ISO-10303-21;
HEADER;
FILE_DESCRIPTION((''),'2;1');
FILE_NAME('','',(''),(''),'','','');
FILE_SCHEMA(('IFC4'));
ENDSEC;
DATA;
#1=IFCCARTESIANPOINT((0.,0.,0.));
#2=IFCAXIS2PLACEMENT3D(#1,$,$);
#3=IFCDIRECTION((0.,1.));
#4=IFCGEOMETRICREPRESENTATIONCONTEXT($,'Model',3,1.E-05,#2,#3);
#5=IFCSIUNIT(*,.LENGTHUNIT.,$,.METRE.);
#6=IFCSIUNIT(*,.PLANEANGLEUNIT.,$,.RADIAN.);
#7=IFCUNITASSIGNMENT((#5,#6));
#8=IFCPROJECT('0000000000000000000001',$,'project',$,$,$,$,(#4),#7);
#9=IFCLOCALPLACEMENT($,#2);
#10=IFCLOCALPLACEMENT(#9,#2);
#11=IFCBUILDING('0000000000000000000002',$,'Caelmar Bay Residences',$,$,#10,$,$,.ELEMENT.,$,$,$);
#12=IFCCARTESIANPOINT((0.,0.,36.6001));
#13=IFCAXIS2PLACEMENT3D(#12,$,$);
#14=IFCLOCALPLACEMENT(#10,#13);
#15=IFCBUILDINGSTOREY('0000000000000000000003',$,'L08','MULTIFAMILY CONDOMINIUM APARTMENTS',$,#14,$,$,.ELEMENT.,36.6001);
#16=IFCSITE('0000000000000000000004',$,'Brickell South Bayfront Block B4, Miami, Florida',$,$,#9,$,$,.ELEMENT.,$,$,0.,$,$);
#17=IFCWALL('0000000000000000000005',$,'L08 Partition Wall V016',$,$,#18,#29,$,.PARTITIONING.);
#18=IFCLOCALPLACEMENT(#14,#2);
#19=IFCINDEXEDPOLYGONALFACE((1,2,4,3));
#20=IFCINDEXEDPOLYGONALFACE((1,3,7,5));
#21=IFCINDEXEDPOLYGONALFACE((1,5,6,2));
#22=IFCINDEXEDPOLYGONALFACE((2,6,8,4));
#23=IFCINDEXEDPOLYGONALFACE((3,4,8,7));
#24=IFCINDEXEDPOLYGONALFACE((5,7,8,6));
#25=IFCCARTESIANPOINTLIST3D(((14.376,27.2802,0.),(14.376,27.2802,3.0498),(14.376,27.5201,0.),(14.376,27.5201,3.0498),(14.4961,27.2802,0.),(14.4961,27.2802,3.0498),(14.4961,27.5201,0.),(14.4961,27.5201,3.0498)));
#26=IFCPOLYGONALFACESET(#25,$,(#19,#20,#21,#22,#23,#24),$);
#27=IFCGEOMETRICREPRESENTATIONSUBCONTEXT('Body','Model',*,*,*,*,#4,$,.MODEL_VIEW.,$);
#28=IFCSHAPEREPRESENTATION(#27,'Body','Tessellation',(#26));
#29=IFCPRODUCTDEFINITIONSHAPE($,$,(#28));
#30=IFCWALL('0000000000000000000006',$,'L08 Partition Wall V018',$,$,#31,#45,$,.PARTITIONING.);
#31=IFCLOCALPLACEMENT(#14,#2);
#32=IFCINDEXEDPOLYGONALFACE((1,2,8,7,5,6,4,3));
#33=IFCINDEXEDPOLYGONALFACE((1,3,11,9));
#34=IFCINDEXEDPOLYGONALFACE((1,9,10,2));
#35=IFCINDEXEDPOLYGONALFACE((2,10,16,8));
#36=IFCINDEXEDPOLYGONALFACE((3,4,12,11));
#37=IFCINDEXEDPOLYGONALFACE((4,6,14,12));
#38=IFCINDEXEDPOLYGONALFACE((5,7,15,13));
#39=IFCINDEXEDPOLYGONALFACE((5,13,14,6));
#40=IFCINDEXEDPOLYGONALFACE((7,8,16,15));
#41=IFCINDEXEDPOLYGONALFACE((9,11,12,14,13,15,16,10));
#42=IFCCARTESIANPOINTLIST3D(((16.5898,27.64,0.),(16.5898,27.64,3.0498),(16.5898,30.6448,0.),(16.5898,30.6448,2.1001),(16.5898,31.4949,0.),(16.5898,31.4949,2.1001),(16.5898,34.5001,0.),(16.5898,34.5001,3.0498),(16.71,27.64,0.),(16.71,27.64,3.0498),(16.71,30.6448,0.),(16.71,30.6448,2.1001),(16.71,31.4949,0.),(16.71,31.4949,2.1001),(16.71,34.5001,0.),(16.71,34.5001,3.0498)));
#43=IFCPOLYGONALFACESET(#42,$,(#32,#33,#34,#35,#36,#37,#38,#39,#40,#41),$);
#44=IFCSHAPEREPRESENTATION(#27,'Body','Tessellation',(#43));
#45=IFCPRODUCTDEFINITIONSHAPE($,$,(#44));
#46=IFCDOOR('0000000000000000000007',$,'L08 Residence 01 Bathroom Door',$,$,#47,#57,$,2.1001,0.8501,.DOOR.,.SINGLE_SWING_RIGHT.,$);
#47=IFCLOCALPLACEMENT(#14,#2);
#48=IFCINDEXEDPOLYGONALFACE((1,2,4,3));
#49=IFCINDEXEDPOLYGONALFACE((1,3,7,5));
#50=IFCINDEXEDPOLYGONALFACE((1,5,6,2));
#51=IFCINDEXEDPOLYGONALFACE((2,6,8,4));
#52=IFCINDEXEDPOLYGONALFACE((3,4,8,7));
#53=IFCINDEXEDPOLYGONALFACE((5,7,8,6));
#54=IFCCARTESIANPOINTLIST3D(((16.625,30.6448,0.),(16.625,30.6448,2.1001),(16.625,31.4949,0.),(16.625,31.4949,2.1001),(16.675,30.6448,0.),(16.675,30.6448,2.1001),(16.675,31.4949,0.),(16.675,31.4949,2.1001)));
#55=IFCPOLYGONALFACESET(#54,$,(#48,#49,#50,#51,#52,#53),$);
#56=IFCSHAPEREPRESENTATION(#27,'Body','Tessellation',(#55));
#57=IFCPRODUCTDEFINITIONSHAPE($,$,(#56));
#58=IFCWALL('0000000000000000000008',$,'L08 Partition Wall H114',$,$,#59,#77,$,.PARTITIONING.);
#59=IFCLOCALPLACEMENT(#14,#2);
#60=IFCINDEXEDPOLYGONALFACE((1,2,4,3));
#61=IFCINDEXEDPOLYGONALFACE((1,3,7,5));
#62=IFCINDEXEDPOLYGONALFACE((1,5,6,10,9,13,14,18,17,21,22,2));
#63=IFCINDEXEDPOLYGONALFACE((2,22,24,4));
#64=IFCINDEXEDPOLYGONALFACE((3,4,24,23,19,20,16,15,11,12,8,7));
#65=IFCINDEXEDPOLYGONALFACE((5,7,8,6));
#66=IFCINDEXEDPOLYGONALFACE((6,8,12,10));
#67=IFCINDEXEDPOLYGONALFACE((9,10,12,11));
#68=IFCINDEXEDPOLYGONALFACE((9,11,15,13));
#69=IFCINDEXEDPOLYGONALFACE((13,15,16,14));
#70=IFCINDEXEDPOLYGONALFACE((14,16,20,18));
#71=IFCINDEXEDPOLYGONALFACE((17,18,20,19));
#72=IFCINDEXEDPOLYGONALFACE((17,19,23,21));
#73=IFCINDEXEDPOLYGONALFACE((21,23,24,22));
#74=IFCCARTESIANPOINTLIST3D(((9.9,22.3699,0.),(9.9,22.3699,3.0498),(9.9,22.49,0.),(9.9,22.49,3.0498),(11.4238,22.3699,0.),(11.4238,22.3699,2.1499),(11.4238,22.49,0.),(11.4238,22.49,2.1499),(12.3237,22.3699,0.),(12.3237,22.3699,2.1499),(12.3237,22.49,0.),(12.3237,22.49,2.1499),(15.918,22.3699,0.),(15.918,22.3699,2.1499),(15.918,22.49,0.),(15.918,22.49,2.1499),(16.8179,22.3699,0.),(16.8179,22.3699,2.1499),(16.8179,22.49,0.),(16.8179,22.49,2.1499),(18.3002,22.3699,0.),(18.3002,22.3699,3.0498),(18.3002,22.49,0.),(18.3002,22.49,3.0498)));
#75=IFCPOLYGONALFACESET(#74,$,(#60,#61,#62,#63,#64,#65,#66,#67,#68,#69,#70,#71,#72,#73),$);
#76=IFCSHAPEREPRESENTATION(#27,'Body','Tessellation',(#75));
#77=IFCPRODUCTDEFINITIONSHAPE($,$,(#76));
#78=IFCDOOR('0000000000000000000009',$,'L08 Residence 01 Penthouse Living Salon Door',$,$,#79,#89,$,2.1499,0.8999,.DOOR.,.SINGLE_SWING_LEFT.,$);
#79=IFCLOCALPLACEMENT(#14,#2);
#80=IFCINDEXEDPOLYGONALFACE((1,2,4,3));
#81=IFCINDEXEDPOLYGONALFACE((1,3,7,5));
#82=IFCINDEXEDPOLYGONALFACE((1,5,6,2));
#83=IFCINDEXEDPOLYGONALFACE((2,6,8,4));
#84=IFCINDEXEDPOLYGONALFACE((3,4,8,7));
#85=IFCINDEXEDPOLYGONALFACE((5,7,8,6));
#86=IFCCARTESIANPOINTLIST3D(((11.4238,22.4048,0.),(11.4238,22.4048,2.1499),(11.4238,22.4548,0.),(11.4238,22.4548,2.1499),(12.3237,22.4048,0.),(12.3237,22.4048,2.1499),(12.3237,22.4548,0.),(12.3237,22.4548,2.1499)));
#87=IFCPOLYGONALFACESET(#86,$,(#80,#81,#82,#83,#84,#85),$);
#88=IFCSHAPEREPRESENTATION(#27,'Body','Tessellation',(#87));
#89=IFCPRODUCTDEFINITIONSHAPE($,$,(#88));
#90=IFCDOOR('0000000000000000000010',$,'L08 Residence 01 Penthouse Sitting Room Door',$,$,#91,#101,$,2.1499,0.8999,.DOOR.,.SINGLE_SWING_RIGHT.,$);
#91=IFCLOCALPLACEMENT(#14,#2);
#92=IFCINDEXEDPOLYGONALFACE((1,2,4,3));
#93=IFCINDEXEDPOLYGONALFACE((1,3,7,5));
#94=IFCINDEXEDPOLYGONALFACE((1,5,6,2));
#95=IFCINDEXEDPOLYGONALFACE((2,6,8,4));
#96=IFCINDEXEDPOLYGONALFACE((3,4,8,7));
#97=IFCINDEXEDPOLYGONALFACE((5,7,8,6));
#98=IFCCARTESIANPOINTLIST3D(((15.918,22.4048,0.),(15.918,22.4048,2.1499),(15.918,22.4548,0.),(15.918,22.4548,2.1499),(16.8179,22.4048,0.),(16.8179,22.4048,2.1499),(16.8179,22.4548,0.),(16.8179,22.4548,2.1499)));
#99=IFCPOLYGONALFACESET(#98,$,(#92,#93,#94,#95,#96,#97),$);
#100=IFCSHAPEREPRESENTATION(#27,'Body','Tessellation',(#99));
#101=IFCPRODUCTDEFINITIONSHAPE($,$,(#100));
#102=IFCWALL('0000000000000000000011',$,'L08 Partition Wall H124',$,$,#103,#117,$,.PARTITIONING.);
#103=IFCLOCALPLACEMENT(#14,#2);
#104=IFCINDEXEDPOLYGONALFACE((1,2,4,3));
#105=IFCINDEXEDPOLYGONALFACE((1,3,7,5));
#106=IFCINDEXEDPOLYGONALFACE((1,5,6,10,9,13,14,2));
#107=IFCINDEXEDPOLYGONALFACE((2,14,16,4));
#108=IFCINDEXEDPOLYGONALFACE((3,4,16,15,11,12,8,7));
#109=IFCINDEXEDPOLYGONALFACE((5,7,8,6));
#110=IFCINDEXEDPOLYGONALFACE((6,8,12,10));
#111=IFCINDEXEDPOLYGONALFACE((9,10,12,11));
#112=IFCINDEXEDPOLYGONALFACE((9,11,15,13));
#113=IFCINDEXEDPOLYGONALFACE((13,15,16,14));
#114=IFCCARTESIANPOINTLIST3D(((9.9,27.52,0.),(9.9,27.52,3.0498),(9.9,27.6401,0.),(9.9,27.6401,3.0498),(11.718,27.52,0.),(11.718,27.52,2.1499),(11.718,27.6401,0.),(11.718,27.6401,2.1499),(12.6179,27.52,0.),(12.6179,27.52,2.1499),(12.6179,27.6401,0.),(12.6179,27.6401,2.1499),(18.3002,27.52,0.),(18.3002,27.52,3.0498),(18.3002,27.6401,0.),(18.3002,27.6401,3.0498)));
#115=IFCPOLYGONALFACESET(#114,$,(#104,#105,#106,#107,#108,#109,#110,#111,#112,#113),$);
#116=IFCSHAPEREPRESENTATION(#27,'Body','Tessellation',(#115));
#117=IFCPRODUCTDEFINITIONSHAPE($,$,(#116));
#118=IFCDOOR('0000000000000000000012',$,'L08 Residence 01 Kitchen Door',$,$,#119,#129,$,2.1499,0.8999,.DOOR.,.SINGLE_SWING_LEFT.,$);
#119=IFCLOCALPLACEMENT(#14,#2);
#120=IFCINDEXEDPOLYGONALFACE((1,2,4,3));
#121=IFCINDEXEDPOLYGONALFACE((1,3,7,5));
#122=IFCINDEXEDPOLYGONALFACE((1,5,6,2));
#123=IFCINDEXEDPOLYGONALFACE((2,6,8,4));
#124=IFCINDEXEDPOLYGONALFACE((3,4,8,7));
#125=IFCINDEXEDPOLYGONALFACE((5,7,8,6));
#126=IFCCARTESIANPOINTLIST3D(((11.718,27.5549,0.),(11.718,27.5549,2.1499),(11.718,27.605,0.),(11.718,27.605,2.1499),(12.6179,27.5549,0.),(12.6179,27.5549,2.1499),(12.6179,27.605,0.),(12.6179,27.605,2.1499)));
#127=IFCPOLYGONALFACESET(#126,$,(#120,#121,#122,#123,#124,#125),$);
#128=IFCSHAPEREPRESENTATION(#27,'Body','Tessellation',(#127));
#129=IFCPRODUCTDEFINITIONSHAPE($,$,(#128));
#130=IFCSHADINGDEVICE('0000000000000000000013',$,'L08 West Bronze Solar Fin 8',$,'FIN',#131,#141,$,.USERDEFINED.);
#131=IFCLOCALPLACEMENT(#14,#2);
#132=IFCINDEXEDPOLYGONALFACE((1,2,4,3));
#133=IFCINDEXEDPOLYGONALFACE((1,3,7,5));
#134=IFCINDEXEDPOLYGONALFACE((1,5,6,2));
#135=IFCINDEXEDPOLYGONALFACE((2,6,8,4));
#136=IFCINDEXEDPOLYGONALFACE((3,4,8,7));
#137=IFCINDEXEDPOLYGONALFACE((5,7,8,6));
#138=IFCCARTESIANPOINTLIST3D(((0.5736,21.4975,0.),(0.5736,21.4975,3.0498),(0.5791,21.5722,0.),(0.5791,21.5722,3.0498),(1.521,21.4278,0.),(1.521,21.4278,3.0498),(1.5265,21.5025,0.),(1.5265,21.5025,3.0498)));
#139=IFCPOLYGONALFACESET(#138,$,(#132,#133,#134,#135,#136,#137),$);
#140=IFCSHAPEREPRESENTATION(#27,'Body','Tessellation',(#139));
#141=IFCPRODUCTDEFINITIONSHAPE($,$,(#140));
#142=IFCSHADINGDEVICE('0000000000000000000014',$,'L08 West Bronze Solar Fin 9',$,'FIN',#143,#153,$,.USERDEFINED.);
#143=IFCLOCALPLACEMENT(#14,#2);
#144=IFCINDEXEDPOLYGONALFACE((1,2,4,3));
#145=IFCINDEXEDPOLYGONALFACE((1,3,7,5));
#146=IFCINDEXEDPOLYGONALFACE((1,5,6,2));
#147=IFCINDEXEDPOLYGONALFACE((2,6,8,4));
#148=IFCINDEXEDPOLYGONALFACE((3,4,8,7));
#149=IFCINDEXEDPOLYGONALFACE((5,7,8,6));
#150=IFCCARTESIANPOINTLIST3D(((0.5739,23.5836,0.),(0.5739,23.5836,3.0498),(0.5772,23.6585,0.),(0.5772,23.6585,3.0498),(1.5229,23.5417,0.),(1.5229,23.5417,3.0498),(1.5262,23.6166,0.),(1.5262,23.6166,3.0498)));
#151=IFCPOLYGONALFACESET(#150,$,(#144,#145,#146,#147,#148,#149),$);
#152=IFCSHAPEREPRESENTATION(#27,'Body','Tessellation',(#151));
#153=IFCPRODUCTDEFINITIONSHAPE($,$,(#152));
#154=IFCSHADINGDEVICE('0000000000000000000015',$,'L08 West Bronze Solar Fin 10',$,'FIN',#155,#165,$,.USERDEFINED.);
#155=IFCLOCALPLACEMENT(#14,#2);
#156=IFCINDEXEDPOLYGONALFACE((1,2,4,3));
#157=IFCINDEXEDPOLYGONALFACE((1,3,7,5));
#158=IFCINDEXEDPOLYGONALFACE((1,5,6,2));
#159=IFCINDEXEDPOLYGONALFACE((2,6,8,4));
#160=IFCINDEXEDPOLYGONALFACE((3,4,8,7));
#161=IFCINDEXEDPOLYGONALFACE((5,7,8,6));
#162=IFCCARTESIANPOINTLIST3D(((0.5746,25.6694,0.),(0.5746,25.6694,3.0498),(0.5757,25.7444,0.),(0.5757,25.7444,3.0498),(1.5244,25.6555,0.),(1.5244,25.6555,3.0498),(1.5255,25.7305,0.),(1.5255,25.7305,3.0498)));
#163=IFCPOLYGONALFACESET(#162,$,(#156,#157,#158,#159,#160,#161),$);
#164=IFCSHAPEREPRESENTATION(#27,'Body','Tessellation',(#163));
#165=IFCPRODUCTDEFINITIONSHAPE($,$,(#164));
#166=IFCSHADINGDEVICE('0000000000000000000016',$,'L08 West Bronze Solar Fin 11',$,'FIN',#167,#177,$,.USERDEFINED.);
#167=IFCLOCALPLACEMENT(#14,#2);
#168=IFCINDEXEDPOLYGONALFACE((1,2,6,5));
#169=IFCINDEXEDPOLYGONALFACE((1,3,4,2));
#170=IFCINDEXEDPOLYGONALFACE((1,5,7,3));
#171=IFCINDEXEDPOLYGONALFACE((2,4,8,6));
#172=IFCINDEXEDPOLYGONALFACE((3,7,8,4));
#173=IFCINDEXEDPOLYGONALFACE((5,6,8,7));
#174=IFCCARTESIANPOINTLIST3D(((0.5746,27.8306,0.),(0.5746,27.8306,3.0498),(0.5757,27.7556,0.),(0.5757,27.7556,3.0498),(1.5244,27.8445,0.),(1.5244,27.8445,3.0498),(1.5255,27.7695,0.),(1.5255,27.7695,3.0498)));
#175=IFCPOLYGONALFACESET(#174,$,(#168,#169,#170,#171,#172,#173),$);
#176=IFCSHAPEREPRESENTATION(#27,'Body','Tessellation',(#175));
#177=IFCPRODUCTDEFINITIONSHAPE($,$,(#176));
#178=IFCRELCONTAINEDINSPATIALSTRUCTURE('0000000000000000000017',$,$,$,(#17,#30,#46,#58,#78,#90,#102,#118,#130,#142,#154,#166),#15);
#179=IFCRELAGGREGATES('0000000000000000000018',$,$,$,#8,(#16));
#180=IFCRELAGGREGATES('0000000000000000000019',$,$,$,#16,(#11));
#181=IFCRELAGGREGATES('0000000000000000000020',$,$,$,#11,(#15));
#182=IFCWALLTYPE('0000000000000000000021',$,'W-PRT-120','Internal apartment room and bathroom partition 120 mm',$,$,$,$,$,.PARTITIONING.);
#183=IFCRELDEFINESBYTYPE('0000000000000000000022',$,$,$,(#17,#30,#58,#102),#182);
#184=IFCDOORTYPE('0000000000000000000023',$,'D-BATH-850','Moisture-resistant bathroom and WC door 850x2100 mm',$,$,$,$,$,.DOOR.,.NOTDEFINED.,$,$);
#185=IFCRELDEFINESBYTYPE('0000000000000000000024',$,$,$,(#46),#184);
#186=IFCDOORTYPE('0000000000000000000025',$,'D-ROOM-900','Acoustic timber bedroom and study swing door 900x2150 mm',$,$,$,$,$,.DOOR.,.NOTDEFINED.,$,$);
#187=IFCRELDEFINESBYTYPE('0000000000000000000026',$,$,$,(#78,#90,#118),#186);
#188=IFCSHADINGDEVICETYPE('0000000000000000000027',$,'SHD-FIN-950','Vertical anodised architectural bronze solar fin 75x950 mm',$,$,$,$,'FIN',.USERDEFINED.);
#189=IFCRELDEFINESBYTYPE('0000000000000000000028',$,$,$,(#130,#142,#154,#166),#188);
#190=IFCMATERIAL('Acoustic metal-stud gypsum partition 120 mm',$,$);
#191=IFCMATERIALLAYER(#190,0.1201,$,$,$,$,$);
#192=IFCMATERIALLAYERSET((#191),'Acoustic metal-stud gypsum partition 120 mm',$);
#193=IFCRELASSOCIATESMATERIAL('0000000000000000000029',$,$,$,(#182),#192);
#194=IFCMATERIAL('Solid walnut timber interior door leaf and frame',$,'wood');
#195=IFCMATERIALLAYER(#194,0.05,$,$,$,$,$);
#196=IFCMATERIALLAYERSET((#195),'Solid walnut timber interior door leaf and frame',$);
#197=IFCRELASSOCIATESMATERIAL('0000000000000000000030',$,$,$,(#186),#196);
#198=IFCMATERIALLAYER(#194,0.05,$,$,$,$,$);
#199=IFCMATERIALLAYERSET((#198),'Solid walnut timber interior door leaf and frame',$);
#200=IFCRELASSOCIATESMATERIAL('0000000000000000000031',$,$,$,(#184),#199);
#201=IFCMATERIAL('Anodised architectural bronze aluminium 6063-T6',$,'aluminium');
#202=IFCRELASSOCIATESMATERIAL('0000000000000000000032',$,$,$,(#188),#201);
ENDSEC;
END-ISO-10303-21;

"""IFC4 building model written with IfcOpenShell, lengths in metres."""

from ifc_helpers import new_model, si_unit, direction, frame, frame_2d, origin, origin_2d, place, context, subcontext, project, spatial, rectangle, extrude, material, layer, layer_set, material_profile, profile_set, type_object, element, fill, save


model = new_model("IFC4")

# Units and contexts
model_context = context("Model", 3, precision=1e-05, world=origin(), true_north=direction((0.0, 1.0)))
body_context = subcontext(model_context, "Body", "Model", "MODEL_VIEW")
ifc_project = project(units=[si_unit("LENGTHUNIT", "METRE"), si_unit("PLANEANGLEUNIT", "RADIAN")], contexts=[model_context])

# Site, building, storey
site_placement = place(None, origin())
site = spatial("IfcSite", under=ifc_project, at=site_placement, Name="Brickell South Bayfront Block B4, Miami, Florida", CompositionType="ELEMENT", RefElevation=0.0)
building_placement = place(site_placement, origin())
building = spatial("IfcBuilding", under=site, at=building_placement, Name="Caelmar Bay Residences", CompositionType="ELEMENT")
storey_placement = place(building_placement, frame((0.0, 0.0, 36.6001)))
storey = spatial("IfcBuildingStorey", under=building, at=storey_placement, Name="L08", Description="MULTIFAMILY CONDOMINIUM APARTMENTS", CompositionType="ELEMENT", Elevation=36.6001)

# Shared definitions
ifc_material_1 = material(Name="Acoustic metal-stud gypsum partition 120 mm")
ifc_layer_1 = layer(ifc_material_1, 0.1201)
ifc_layer_set_1 = layer_set([ifc_layer_1], Name="Acoustic metal-stud gypsum partition 120 mm")
wall_type_1 = type_object("IfcWallType", Name="W-PRT-120", Description="Internal apartment room and bathroom partition 120 mm", PredefinedType="PARTITIONING", material=ifc_layer_set_1)

# Shared definitions
ifc_material_2 = material(Name="Solid walnut timber interior door leaf and frame", Category="wood")
ifc_layer_2 = layer(ifc_material_2, 0.05)
ifc_layer_set_2 = layer_set([ifc_layer_2], Name="Solid walnut timber interior door leaf and frame")
door_type_1 = type_object("IfcDoorType", Name="D-ROOM-900", Description="Acoustic timber bedroom and study swing door 900x2150 mm", OperationType="NOTDEFINED", PredefinedType="DOOR", material=ifc_layer_set_2)

# Wall
wall_1_placement = place(storey_placement, frame((14.436, 27.28, 0.0), z_axis=(0.0, 0.0, 1.0), x_axis=(0.0, 1.0, 0.0)))
element("IfcWall", 1, at=wall_1_placement, inside=storey, type_object=wall_type_1, Name="L08 Partition Wall V016", PredefinedType="PARTITIONING", context=body_context, shape_type="SweptSolid", body=[
    extrude(rectangle(XDim=0.24, YDim=0.1201, at=frame_2d((0.1201, 0.0))), origin(), (0.0, 0.0, 1.0), 3.0498),
])

# Wall, opening, door
wall_2_placement = place(storey_placement, frame((16.6499, 27.6399, 0.0), z_axis=(0.0, 0.0, 1.0), x_axis=(0.0, 1.0, 0.0)))
wall_2 = element("IfcWall", 2, at=wall_2_placement, inside=storey, type_object=wall_type_1, Name="L08 Partition Wall V018", PredefinedType="PARTITIONING", context=body_context, shape_type="SweptSolid", body=[
    extrude(rectangle(XDim=6.8601, YDim=0.1201, at=frame_2d((3.4302, 0.0))), origin(), (0.0, 0.0, 1.0), 3.0498),
])
opening_1_placement = place(wall_2_placement, frame((3.0049, 0.0, 0.0)))
opening_1 = element("IfcOpeningElement", 3, at=opening_1_placement, cuts=wall_2, PredefinedType="OPENING", context=body_context, shape_type="SweptSolid", body=[
    extrude(rectangle(XDim=0.8501, YDim=2.1001, at=frame_2d((0.425, 1.05))), frame((0.0, 0.0701, 0.0), z_axis=(0.0, -1.0, 0.0), x_axis=(1.0, 0.0, 0.0)), (0.0, 0.0, 1.0), 0.1401),
])
ifc_layer_3 = layer(ifc_material_2, 0.05)
ifc_layer_set_3 = layer_set([ifc_layer_3], Name="Solid walnut timber interior door leaf and frame")
door_type_2 = type_object("IfcDoorType", Name="D-BATH-850", Description="Moisture-resistant bathroom and WC door 850x2100 mm", OperationType="NOTDEFINED", PredefinedType="DOOR", material=ifc_layer_set_3)
door_1_placement = place(opening_1_placement, origin())
door_1 = element("IfcDoor", 4, at=door_1_placement, inside=storey, type_object=door_type_2, Name="L08 Residence 01 Bathroom Door", OperationType="SINGLE_SWING_RIGHT", OverallHeight=2.1001, OverallWidth=0.8501, PredefinedType="DOOR", context=body_context, shape_type="SweptSolid", body=[
    extrude(rectangle(XDim=0.8501, YDim=2.1001, at=frame_2d((0.425, 1.05))), frame((0.0, 0.0249, 0.0), z_axis=(0.0, -1.0, 0.0), x_axis=(1.0, 0.0, 0.0)), (0.0, 0.0, 1.0), 0.05),
])
fill(opening_1, door_1)

# Wall, openings, doors
wall_3_placement = place(storey_placement, frame((9.8999, 22.4299, 0.0), z_axis=(0.0, 0.0, 1.0), x_axis=(1.0, 0.0, 0.0)))
wall_3 = element("IfcWall", 5, at=wall_3_placement, inside=storey, type_object=wall_type_1, Name="L08 Partition Wall H114", PredefinedType="PARTITIONING", context=body_context, shape_type="SweptSolid", body=[
    extrude(rectangle(XDim=8.4001, YDim=0.1201, at=frame_2d((4.2002, 0.0))), origin(), (0.0, 0.0, 1.0), 3.0498),
])
opening_2_placement = place(wall_3_placement, frame((1.5239, 0.0, 0.0)))
opening_2 = element("IfcOpeningElement", 6, at=opening_2_placement, cuts=wall_3, PredefinedType="OPENING", context=body_context, shape_type="SweptSolid", body=[
    extrude(rectangle(XDim=0.8999, YDim=2.1499, at=frame_2d((0.45, 1.075))), frame((0.0, 0.0701, 0.0), z_axis=(0.0, -1.0, 0.0), x_axis=(1.0, 0.0, 0.0)), (0.0, 0.0, 1.0), 0.1401),
])
opening_3_placement = place(wall_3_placement, frame((6.0181, 0.0, 0.0)))
opening_3 = element("IfcOpeningElement", 7, at=opening_3_placement, cuts=wall_3, PredefinedType="OPENING", context=body_context, shape_type="SweptSolid", body=[
    extrude(rectangle(XDim=0.8999, YDim=2.1499, at=frame_2d((0.45, 1.075))), frame((0.0, 0.0701, 0.0), z_axis=(0.0, -1.0, 0.0), x_axis=(1.0, 0.0, 0.0)), (0.0, 0.0, 1.0), 0.1401),
])
door_2_placement = place(opening_2_placement, origin())
door_2 = element("IfcDoor", 8, at=door_2_placement, inside=storey, type_object=door_type_1, Name="L08 Residence 01 Penthouse Living Salon Door", OperationType="SINGLE_SWING_LEFT", OverallHeight=2.1499, OverallWidth=0.8999, PredefinedType="DOOR", context=body_context, shape_type="SweptSolid", body=[
    extrude(rectangle(XDim=0.8999, YDim=2.1499, at=frame_2d((0.45, 1.075))), frame((0.0, 0.0249, 0.0), z_axis=(0.0, -1.0, 0.0), x_axis=(1.0, 0.0, 0.0)), (0.0, 0.0, 1.0), 0.05),
])
fill(opening_2, door_2)
door_3_placement = place(opening_3_placement, origin())
door_3 = element("IfcDoor", 9, at=door_3_placement, inside=storey, type_object=door_type_1, Name="L08 Residence 01 Penthouse Sitting Room Door", OperationType="SINGLE_SWING_RIGHT", OverallHeight=2.1499, OverallWidth=0.8999, PredefinedType="DOOR", context=body_context, shape_type="SweptSolid", body=[
    extrude(rectangle(XDim=0.8999, YDim=2.1499, at=frame_2d((0.45, 1.075))), frame((0.0, 0.0249, 0.0), z_axis=(0.0, -1.0, 0.0), x_axis=(1.0, 0.0, 0.0)), (0.0, 0.0, 1.0), 0.05),
])
fill(opening_3, door_3)

# Wall, opening, door
wall_4_placement = place(storey_placement, frame((9.8999, 27.5801, 0.0), z_axis=(0.0, 0.0, 1.0), x_axis=(1.0, 0.0, 0.0)))
wall_4 = element("IfcWall", 10, at=wall_4_placement, inside=storey, type_object=wall_type_1, Name="L08 Partition Wall H124", PredefinedType="PARTITIONING", context=body_context, shape_type="SweptSolid", body=[
    extrude(rectangle(XDim=8.4001, YDim=0.1201, at=frame_2d((4.2002, 0.0))), origin(), (0.0, 0.0, 1.0), 3.0498),
])
opening_4_placement = place(wall_4_placement, frame((1.8181, 0.0, 0.0)))
opening_4 = element("IfcOpeningElement", 11, at=opening_4_placement, cuts=wall_4, PredefinedType="OPENING", context=body_context, shape_type="SweptSolid", body=[
    extrude(rectangle(XDim=0.8999, YDim=2.1499, at=frame_2d((0.45, 1.075))), frame((0.0, 0.0701, 0.0), z_axis=(0.0, -1.0, 0.0), x_axis=(1.0, 0.0, 0.0)), (0.0, 0.0, 1.0), 0.1401),
])
door_4_placement = place(opening_4_placement, origin())
door_4 = element("IfcDoor", 12, at=door_4_placement, inside=storey, type_object=door_type_1, Name="L08 Residence 01 Kitchen Door", OperationType="SINGLE_SWING_LEFT", OverallHeight=2.1499, OverallWidth=0.8999, PredefinedType="DOOR", context=body_context, shape_type="SweptSolid", body=[
    extrude(rectangle(XDim=0.8999, YDim=2.1499, at=frame_2d((0.45, 1.075))), frame((0.0, 0.0249, 0.0), z_axis=(0.0, -1.0, 0.0), x_axis=(1.0, 0.0, 0.0)), (0.0, 0.0, 1.0), 0.05),
])
fill(opening_4, door_4)

# Shading devices
ifc_material_3 = material(Name="Anodised architectural bronze aluminium 6063-T6", Category="aluminium")
ifc_material_profile_1 = material_profile(ifc_material_3, rectangle(XDim=0.075, YDim=0.95, at=origin_2d()), Name="BRONZE-FIN-75X950")
ifc_profile_set_1 = profile_set([ifc_material_profile_1], Name="Anodised architectural bronze aluminium 6063-T6")
shading_device_type = type_object("IfcShadingDeviceType", Name="SHD-FIN-950", Description="Vertical anodised architectural bronze solar fin 75x950 mm", ElementType="FIN", PredefinedType="USERDEFINED", material=ifc_profile_set_1)
for number, where, z_axis, x_axis, name in (
    (13, (1.05, 21.5, 0.0), (0.0, 0.0, 1.0), (0.073412, 0.997302, 0.0), "L08 West Bronze Solar Fin 8"),
    (14, (1.05, 23.6001, 0.0), (0.0, 0.0, 1.0), (0.044142, 0.999025, 0.0), "L08 West Bronze Solar Fin 9"),
    (15, (1.05, 25.7, 0.0), (0.0, 0.0, 1.0), (0.01466, 0.999893, 0.0), "L08 West Bronze Solar Fin 10"),
    (16, (1.05, 27.8, 0.0), (0.0, 0.0, 1.0), (-0.01466, 0.999893, 0.0), "L08 West Bronze Solar Fin 11"),
):
    element("IfcShadingDevice", number, at=place(storey_placement, frame(where, z_axis=z_axis, x_axis=x_axis)), inside=storey, type_object=shading_device_type, Name=name, ObjectType="FIN", PredefinedType="USERDEFINED", context=body_context, shape_type="SweptSolid", body=[
        extrude(rectangle(XDim=0.075, YDim=0.95, at=origin_2d()), origin(), (0.0, 0.0, 1.0), 3.0498),
    ])

save(model, "model.ifc")
